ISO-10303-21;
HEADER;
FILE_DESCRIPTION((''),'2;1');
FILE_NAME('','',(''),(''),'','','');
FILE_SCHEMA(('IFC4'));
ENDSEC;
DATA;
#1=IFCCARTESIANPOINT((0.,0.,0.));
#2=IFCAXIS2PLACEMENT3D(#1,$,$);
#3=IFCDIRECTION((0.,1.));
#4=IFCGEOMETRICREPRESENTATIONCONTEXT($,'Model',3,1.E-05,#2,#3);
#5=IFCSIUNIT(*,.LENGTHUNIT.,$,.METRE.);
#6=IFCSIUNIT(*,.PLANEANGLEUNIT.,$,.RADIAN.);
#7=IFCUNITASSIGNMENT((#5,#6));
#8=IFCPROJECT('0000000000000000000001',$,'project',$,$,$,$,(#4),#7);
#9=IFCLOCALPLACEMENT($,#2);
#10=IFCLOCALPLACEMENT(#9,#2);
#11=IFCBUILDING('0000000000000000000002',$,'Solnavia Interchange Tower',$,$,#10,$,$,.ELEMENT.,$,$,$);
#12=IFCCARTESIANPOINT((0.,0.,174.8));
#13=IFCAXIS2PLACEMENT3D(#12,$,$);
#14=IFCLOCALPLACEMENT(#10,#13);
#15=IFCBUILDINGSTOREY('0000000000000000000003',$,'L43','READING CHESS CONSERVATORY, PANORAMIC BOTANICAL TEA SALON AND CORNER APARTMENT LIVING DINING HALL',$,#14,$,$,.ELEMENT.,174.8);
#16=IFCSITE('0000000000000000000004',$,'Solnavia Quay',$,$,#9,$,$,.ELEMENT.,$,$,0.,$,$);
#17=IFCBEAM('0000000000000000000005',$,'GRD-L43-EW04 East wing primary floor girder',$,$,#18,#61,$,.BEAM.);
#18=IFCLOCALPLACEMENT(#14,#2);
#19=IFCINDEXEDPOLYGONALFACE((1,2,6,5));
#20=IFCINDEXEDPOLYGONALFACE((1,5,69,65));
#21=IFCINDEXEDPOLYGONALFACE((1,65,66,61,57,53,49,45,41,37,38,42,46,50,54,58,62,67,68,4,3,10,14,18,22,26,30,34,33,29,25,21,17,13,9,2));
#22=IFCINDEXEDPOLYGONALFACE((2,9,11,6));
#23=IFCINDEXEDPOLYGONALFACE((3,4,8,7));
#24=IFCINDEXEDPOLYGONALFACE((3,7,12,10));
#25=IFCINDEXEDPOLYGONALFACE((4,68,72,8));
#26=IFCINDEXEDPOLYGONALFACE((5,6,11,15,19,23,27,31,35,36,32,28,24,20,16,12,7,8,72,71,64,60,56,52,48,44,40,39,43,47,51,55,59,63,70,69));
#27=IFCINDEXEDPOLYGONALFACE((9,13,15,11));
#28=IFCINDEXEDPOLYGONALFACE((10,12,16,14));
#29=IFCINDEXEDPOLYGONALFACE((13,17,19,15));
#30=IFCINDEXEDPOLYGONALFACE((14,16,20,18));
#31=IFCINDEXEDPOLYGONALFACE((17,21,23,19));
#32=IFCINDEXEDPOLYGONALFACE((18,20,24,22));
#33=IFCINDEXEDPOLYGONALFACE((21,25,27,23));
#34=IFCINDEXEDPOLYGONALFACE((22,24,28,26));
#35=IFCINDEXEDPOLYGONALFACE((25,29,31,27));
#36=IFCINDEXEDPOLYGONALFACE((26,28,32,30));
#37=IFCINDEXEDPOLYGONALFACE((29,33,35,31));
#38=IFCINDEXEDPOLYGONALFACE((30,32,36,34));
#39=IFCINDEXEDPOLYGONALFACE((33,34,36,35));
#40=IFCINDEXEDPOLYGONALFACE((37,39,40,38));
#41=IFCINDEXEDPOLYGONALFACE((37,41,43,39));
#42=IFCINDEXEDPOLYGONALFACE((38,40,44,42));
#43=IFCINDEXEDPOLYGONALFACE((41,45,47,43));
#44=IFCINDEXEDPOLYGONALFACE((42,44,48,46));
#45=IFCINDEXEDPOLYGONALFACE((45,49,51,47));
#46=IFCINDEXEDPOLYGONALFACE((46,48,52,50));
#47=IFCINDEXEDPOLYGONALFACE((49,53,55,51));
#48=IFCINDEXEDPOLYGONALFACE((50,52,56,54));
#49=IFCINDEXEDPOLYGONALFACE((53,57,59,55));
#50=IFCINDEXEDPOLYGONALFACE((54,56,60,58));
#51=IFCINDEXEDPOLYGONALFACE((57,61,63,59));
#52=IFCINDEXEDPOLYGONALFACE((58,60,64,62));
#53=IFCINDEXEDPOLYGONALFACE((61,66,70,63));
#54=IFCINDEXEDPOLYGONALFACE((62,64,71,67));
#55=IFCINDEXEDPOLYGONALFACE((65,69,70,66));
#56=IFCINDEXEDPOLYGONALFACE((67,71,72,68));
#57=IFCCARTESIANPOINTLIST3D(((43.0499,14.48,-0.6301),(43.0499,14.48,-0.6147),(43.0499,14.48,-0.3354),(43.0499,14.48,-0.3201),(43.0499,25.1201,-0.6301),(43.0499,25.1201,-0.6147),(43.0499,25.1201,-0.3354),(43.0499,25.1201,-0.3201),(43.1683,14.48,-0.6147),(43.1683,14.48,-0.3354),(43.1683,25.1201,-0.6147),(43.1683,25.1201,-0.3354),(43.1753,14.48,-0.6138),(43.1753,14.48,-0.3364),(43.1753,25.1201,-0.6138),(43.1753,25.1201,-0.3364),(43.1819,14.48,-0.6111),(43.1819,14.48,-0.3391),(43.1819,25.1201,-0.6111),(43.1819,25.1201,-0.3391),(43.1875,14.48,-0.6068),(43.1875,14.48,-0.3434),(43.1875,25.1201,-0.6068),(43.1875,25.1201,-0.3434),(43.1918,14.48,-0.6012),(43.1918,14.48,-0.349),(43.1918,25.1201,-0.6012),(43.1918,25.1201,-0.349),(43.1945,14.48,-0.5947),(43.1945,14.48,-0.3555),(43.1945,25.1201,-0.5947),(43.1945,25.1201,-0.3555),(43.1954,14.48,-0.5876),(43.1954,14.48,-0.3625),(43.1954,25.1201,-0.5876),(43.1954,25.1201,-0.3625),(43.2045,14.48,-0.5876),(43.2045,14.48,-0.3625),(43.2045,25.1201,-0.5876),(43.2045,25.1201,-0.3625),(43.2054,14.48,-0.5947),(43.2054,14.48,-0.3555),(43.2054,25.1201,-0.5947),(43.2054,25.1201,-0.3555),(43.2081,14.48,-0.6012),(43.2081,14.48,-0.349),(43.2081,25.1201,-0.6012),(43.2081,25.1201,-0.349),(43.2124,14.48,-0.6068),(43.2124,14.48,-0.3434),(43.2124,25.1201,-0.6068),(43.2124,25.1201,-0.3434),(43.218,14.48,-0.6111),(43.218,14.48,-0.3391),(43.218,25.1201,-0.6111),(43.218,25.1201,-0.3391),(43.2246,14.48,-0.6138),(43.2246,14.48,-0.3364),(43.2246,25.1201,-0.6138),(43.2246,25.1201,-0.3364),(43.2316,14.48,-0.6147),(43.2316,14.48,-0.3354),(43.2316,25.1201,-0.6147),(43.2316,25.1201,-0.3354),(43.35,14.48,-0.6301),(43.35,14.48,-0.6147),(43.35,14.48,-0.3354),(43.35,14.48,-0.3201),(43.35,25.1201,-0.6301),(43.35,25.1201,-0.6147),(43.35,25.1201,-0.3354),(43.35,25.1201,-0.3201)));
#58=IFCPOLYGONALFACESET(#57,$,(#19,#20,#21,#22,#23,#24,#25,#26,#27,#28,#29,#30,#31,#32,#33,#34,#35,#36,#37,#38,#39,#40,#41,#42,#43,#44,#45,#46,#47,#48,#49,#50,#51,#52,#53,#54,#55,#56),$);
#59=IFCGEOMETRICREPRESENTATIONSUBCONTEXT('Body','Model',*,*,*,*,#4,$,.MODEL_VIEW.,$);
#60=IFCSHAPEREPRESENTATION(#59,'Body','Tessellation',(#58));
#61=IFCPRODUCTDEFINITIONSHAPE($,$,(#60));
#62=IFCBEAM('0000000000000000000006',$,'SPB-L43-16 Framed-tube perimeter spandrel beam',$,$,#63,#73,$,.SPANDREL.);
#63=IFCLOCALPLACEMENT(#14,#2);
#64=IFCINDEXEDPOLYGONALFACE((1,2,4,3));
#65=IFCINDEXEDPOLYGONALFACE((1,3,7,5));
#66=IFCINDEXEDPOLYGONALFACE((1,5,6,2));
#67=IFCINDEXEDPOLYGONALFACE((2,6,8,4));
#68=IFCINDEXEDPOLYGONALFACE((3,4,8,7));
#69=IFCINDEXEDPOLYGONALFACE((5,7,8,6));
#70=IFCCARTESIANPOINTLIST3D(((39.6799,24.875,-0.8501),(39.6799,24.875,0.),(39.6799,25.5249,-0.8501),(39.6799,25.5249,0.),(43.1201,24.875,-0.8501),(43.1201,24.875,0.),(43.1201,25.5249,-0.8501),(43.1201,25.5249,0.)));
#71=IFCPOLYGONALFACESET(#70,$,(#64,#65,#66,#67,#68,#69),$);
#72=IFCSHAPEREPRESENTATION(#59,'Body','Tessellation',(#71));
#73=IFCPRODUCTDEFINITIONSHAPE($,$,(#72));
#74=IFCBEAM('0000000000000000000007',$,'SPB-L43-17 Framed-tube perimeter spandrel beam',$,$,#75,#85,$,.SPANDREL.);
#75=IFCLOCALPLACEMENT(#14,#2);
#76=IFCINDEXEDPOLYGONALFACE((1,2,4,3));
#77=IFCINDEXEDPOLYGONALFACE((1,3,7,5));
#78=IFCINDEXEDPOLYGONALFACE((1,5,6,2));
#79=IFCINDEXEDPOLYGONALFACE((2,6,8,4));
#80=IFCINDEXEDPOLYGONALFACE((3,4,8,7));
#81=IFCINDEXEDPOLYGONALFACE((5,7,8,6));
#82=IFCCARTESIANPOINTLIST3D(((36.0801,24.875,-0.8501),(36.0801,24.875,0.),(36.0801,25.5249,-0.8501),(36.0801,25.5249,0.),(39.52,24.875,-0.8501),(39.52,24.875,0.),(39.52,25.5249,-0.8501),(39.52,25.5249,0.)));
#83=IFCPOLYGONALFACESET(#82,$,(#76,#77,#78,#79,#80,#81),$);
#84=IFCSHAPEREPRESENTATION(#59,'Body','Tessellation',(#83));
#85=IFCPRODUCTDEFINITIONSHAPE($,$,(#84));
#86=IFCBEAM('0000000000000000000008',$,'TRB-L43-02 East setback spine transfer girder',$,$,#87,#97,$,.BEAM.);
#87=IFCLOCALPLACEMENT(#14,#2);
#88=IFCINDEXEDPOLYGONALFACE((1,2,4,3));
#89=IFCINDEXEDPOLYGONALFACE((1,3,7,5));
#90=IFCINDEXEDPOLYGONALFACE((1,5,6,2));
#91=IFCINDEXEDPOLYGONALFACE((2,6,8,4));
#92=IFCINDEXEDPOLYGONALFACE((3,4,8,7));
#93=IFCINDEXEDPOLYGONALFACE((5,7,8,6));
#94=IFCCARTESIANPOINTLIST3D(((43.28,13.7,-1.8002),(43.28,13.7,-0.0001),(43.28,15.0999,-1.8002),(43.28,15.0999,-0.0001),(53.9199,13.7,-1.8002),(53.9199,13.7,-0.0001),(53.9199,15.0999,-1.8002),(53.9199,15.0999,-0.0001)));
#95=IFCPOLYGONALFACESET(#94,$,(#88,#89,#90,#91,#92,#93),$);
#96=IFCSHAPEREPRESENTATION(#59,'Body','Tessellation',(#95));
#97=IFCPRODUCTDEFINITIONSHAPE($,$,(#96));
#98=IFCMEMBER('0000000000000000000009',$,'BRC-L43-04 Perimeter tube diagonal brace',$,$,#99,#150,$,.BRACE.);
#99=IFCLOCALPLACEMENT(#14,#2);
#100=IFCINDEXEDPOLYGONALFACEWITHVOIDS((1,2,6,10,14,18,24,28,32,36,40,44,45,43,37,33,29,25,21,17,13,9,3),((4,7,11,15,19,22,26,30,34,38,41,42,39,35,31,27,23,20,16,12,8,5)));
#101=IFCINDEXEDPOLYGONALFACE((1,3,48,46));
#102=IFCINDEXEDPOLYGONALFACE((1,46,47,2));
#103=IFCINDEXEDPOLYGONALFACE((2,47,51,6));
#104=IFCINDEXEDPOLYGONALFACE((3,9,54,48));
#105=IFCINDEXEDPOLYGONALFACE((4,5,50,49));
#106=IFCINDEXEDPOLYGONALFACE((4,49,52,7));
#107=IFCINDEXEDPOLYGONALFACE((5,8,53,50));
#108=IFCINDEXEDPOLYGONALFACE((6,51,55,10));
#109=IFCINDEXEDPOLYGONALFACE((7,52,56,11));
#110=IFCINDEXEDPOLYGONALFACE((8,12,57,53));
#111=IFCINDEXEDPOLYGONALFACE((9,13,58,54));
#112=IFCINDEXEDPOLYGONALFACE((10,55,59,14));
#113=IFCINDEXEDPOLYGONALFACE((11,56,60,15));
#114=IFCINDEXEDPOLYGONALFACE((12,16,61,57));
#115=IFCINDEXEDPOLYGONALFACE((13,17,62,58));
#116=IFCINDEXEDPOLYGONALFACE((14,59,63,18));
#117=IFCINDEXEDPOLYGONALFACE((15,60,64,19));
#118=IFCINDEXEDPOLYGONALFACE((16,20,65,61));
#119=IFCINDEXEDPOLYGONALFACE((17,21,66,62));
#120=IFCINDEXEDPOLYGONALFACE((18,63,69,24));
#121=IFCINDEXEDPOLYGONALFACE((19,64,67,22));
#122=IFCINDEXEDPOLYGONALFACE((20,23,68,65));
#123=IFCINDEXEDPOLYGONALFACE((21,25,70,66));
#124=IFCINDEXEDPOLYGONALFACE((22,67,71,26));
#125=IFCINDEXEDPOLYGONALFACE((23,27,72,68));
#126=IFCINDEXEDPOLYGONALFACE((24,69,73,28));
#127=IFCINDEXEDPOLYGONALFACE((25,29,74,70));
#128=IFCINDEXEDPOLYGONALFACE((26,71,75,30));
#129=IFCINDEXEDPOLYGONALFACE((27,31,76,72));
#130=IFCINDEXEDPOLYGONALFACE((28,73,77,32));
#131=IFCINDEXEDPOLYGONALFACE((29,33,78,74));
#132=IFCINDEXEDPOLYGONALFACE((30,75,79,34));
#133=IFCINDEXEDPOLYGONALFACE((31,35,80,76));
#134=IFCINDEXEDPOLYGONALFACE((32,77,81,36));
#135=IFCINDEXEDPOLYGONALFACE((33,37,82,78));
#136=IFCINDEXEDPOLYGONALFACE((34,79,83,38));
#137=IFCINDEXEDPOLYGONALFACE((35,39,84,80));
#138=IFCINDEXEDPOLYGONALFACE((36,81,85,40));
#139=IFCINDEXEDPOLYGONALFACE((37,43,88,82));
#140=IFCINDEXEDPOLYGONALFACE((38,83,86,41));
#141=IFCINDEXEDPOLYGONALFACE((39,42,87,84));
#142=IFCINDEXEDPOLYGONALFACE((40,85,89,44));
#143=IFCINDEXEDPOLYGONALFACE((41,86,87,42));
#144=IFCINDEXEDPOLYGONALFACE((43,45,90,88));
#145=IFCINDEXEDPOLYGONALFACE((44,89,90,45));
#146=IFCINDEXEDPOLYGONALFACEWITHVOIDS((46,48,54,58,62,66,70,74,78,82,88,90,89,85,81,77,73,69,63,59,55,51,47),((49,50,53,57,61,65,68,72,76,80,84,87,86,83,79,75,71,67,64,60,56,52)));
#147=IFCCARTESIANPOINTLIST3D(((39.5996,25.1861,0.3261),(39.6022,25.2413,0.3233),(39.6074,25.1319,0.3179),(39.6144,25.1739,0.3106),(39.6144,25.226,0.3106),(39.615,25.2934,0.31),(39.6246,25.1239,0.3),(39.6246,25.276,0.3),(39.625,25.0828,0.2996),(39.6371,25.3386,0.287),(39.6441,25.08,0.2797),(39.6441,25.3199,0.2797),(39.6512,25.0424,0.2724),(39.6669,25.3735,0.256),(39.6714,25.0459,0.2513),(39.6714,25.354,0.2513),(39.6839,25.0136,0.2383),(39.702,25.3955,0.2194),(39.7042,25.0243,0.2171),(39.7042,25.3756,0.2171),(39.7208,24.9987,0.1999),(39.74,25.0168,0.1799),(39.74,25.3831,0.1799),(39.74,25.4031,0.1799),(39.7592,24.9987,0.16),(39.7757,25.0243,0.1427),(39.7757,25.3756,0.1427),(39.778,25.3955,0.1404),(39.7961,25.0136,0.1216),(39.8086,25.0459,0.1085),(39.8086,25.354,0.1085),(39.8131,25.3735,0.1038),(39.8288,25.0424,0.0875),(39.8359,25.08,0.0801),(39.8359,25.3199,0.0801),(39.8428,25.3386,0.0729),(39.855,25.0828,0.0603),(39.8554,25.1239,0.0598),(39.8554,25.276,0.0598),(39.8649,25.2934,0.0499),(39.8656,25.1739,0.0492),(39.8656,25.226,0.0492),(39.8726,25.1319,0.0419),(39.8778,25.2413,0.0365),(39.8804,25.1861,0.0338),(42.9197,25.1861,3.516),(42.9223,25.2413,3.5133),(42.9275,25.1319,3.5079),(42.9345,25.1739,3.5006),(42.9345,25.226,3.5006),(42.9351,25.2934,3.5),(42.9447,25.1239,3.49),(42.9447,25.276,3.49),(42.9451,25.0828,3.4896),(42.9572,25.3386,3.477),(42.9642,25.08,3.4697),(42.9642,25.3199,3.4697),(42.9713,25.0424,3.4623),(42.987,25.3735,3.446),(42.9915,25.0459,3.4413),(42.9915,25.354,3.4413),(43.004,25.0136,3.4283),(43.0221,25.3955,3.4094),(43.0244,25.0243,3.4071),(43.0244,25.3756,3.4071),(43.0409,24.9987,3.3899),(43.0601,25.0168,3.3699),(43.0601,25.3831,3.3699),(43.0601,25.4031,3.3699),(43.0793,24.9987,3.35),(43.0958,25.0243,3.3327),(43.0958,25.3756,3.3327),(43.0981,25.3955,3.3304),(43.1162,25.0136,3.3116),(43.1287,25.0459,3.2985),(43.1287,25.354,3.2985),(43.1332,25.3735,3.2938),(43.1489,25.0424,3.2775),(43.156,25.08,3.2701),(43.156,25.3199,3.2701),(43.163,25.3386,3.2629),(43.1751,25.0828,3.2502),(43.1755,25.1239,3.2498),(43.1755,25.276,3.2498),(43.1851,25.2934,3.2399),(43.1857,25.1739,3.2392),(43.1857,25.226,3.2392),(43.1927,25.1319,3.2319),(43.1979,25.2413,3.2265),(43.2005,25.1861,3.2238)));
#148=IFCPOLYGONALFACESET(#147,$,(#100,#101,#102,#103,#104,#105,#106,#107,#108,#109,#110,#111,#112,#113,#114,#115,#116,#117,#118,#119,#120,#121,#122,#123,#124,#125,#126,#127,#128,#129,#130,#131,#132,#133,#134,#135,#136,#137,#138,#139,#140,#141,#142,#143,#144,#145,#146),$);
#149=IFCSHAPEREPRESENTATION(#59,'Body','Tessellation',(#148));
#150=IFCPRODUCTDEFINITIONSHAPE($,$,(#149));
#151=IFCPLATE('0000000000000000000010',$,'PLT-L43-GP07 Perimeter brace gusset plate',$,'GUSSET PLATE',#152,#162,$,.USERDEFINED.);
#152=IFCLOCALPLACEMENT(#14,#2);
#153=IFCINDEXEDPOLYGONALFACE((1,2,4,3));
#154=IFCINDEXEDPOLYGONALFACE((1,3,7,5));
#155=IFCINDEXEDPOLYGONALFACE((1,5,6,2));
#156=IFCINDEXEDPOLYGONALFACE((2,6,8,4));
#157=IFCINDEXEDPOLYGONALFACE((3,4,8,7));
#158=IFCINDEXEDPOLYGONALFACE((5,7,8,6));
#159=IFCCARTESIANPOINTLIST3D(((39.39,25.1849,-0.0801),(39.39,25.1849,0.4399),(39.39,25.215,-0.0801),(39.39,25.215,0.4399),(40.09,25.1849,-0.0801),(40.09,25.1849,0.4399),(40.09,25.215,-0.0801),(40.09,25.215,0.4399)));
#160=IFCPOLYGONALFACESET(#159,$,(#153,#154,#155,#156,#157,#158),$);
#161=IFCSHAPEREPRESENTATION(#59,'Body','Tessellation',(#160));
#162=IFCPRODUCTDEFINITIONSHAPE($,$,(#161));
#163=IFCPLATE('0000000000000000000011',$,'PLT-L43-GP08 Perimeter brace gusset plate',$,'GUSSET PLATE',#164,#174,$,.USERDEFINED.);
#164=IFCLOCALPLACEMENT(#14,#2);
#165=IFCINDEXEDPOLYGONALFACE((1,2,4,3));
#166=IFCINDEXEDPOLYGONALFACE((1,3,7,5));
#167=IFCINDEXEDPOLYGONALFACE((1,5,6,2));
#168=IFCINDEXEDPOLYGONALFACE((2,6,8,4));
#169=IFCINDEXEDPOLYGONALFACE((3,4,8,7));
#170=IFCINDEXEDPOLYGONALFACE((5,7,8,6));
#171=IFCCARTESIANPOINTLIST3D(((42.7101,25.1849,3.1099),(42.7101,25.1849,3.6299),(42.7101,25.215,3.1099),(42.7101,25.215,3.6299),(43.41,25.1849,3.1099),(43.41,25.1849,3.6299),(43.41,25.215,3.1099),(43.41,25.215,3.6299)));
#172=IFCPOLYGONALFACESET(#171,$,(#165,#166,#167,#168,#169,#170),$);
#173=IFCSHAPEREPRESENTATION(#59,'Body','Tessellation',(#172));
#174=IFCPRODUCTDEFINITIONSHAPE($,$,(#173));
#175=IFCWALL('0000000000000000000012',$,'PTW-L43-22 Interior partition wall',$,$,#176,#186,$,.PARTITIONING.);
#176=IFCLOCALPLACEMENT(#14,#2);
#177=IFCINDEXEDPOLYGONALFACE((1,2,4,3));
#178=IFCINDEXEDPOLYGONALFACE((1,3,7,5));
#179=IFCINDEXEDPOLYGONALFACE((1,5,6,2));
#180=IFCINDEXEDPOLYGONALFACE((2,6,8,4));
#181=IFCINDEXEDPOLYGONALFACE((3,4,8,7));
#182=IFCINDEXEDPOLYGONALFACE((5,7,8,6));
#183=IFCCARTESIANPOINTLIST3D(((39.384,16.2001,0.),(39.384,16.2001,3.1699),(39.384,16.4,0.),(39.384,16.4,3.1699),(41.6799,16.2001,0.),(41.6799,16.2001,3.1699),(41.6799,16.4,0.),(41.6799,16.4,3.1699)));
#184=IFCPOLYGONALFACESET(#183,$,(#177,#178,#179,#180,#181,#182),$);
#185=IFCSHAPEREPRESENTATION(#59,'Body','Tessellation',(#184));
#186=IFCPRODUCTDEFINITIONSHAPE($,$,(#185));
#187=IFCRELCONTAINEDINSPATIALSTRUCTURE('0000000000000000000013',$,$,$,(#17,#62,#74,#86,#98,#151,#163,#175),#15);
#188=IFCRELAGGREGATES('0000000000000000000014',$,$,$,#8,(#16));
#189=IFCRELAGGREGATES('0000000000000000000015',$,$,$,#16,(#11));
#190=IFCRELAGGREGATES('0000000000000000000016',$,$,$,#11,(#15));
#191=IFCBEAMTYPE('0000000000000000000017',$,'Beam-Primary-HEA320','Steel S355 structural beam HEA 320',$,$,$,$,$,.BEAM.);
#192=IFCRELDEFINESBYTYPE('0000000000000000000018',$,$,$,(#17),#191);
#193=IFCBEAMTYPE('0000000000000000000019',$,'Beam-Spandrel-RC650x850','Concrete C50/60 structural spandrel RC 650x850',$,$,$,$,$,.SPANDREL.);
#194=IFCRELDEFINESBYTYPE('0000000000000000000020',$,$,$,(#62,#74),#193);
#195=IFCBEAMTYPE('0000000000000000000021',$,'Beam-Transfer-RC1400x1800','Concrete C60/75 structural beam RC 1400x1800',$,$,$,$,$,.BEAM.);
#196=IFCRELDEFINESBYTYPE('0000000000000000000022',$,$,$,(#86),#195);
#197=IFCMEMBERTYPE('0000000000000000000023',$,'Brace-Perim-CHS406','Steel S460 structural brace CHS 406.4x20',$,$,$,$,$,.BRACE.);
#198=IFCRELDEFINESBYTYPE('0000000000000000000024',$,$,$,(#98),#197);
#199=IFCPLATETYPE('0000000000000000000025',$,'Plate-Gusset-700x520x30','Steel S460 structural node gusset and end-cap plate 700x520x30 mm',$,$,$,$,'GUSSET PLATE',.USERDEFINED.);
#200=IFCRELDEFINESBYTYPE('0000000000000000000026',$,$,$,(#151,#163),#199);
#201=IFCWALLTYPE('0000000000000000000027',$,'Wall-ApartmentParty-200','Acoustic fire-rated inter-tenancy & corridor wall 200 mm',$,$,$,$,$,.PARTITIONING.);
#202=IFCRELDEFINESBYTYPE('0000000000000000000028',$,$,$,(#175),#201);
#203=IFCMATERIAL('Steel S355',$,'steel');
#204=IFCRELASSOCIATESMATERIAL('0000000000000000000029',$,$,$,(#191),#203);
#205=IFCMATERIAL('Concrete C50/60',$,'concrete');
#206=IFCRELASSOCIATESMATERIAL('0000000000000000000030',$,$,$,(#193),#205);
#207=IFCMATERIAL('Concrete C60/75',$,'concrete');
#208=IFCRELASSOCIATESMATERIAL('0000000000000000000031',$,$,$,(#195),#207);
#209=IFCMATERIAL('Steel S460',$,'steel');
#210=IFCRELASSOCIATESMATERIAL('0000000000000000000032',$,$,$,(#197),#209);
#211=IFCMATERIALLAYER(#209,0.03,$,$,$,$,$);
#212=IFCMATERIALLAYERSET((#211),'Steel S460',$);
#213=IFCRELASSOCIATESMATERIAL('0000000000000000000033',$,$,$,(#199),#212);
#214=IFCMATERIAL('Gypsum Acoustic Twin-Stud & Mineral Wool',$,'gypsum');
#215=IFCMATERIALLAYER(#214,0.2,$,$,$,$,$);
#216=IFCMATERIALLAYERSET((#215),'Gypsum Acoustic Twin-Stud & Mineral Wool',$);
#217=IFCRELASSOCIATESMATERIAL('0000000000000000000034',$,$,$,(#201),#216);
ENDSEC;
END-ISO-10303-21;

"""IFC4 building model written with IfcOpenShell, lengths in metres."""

from ifc_helpers import new_model, si_unit, direction, frame, frame_2d, origin, origin_2d, place, context, subcontext, project, spatial, rectangle, hollow_circle, i_section, extrude, material, layer, layer_set, material_profile, profile_set, type_object, element, save


model = new_model("IFC4")

# Units and contexts
model_context = context("Model", 3, precision=1e-05, world=origin(), true_north=direction((0.0, 1.0)))
body_context = subcontext(model_context, "Body", "Model", "MODEL_VIEW")
ifc_project = project(units=[si_unit("LENGTHUNIT", "METRE"), si_unit("PLANEANGLEUNIT", "RADIAN")], contexts=[model_context])

# Site, building, storey
site_placement = place(None, origin())
site = spatial("IfcSite", under=ifc_project, at=site_placement, Name="Solnavia Quay", CompositionType="ELEMENT", RefElevation=0.0)
building_placement = place(site_placement, origin())
building = spatial("IfcBuilding", under=site, at=building_placement, Name="Solnavia Interchange Tower", CompositionType="ELEMENT")
storey_placement = place(building_placement, frame((0.0, 0.0, 174.8)))
storey = spatial("IfcBuildingStorey", under=building, at=storey_placement, Name="L43", Description="READING CHESS CONSERVATORY, PANORAMIC BOTANICAL TEA SALON AND CORNER APARTMENT LIVING DINING HALL", CompositionType="ELEMENT", Elevation=174.8)

# Shared definitions
ifc_material_1 = material(Name="Concrete C50/60", Category="concrete")
ifc_material_2 = material(Name="Steel S355", Category="steel")

# Beams
ifc_material_profile_1 = material_profile(ifc_material_2, i_section(OverallWidth=0.3, OverallDepth=0.3101, WebThickness=0.009, FlangeThickness=0.0154, FilletRadius=0.0271, at=origin_2d()), Name="HEA 320")
ifc_profile_set_1 = profile_set([ifc_material_profile_1], Name="Steel S355")
beam_type_1 = type_object("IfcBeamType", Name="Beam-Primary-HEA320", Description="Steel S355 structural beam HEA 320", PredefinedType="BEAM", material=ifc_profile_set_1)
beam_1_placement = place(storey_placement, frame((43.2, 14.48, -0.4751), z_axis=(0.0, 1.0, 0.0), x_axis=(-1.0, 0.0, 0.0)))
element("IfcBeam", 1, at=beam_1_placement, inside=storey, type_object=beam_type_1, Name="GRD-L43-EW04 East wing primary floor girder", PredefinedType="BEAM", context=body_context, shape_type="SweptSolid", body=[
    extrude(i_section(OverallWidth=0.3, OverallDepth=0.3101, WebThickness=0.009, FlangeThickness=0.0154, FilletRadius=0.0271, at=origin_2d()), origin(), (0.0, 0.0, 1.0), 10.6401),
])
ifc_material_profile_2 = material_profile(ifc_material_1, rectangle(XDim=0.6499, YDim=0.8501, at=origin_2d()), Name="RC 650x850")
ifc_profile_set_2 = profile_set([ifc_material_profile_2], Name="Concrete C50/60")
beam_type_2 = type_object("IfcBeamType", Name="Beam-Spandrel-RC650x850", Description="Concrete C50/60 structural spandrel RC 650x850", PredefinedType="SPANDREL", material=ifc_profile_set_2)
beam_2_placement = place(storey_placement, frame((43.1201, 25.2, -0.425), z_axis=(-1.0, 0.0, 0.0), x_axis=(0.0, -1.0, 0.0)))
element("IfcBeam", 2, at=beam_2_placement, inside=storey, type_object=beam_type_2, Name="SPB-L43-16 Framed-tube perimeter spandrel beam", PredefinedType="SPANDREL", context=body_context, shape_type="SweptSolid", body=[
    extrude(rectangle(XDim=0.6499, YDim=0.8501, at=origin_2d()), origin(), (0.0, 0.0, 1.0), 3.4402),
])
beam_3_placement = place(storey_placement, frame((39.52, 25.2, -0.425), z_axis=(-1.0, 0.0, 0.0), x_axis=(0.0, -1.0, 0.0)))
element("IfcBeam", 3, at=beam_3_placement, inside=storey, type_object=beam_type_2, Name="SPB-L43-17 Framed-tube perimeter spandrel beam", PredefinedType="SPANDREL", context=body_context, shape_type="SweptSolid", body=[
    extrude(rectangle(XDim=0.6499, YDim=0.8501, at=origin_2d()), origin(), (0.0, 0.0, 1.0), 3.4399),
])
ifc_material_3 = material(Name="Concrete C60/75", Category="concrete")
ifc_material_profile_3 = material_profile(ifc_material_3, rectangle(XDim=1.3999, YDim=1.8, at=origin_2d()), Name="RC 1400x1800")
ifc_profile_set_3 = profile_set([ifc_material_profile_3], Name="Concrete C60/75")
beam_type_3 = type_object("IfcBeamType", Name="Beam-Transfer-RC1400x1800", Description="Concrete C60/75 structural beam RC 1400x1800", PredefinedType="BEAM", material=ifc_profile_set_3)
beam_4_placement = place(storey_placement, frame((43.28, 14.3999, -0.9001), z_axis=(1.0, 0.0, 0.0), x_axis=(0.0, 1.0, 0.0)))
element("IfcBeam", 4, at=beam_4_placement, inside=storey, type_object=beam_type_3, Name="TRB-L43-02 East setback spine transfer girder", PredefinedType="BEAM", context=body_context, shape_type="SweptSolid", body=[
    extrude(rectangle(XDim=1.3999, YDim=1.8, at=origin_2d()), origin(), (0.0, 0.0, 1.0), 10.6399),
])

# Member
ifc_material_4 = material(Name="Steel S460", Category="steel")
ifc_material_profile_4 = material_profile(ifc_material_4, hollow_circle(Radius=0.2031, WallThickness=0.02, at=origin_2d()), Name="CHS 406.4x20")
ifc_profile_set_4 = profile_set([ifc_material_profile_4], Name="Steel S460")
member_type = type_object("IfcMemberType", Name="Brace-Perim-CHS406", Description="Steel S460 structural brace CHS 406.4x20", PredefinedType="BRACE", material=ifc_profile_set_4)
member_placement = place(storey_placement, frame((39.74, 25.2, 0.1799), z_axis=(0.721097, 0.0, 0.692834), x_axis=(0.0, 1.0, 0.0)))
element("IfcMember", 5, at=member_placement, inside=storey, type_object=member_type, Name="BRC-L43-04 Perimeter tube diagonal brace", PredefinedType="BRACE", context=body_context, shape_type="SweptSolid", body=[
    extrude(hollow_circle(Radius=0.2031, WallThickness=0.02, at=origin_2d()), origin(), (0.0, 0.0, 1.0), 4.6042),
])

# Plates
ifc_layer_1 = layer(ifc_material_4, 0.03)
ifc_layer_set_1 = layer_set([ifc_layer_1], Name="Steel S460")
plate_type = type_object("IfcPlateType", Name="Plate-Gusset-700x520x30", Description="Steel S460 structural node gusset and end-cap plate 700x520x30 mm", ElementType="GUSSET PLATE", PredefinedType="USERDEFINED", material=ifc_layer_set_1)
for number, where, z_axis, x_axis, name in (
    (6, (39.74, 25.2, -0.0801), (0.0, 0.0, 1.0), (1.0, 0.0, 0.0), "PLT-L43-GP07 Perimeter brace gusset plate"),
    (7, (43.0601, 25.2, 3.1099), (0.0, 0.0, 1.0), (1.0, 0.0, 0.0), "PLT-L43-GP08 Perimeter brace gusset plate"),
):
    element("IfcPlate", number, at=place(storey_placement, frame(where, z_axis=z_axis, x_axis=x_axis)), inside=storey, type_object=plate_type, Name=name, ObjectType="GUSSET PLATE", PredefinedType="USERDEFINED", context=body_context, shape_type="SweptSolid", body=[
        extrude(rectangle(XDim=0.7, YDim=0.03, at=origin_2d()), origin(), (0.0, 0.0, 1.0), 0.52),
    ])

# Wall
ifc_material_5 = material(Name="Gypsum Acoustic Twin-Stud & Mineral Wool", Category="gypsum")
ifc_layer_2 = layer(ifc_material_5, 0.2)
ifc_layer_set_2 = layer_set([ifc_layer_2], Name="Gypsum Acoustic Twin-Stud & Mineral Wool")
wall_type_1 = type_object("IfcWallType", Name="Wall-ApartmentParty-200", Description="Acoustic fire-rated inter-tenancy & corridor wall 200 mm", PredefinedType="PARTITIONING", material=ifc_layer_set_2)
wall_1_placement = place(storey_placement, frame((39.384, 16.3, 0.0), z_axis=(0.0, 0.0, 1.0), x_axis=(1.0, 0.0, 0.0)))
element("IfcWall", 8, at=wall_1_placement, inside=storey, type_object=wall_type_1, Name="PTW-L43-22 Interior partition wall", PredefinedType="PARTITIONING", context=body_context, shape_type="SweptSolid", body=[
    extrude(rectangle(XDim=2.2959, YDim=0.2, at=frame_2d((1.1479, 0.0))), origin(), (0.0, 0.0, 1.0), 3.1699),
])

save(model, "model.ifc")
